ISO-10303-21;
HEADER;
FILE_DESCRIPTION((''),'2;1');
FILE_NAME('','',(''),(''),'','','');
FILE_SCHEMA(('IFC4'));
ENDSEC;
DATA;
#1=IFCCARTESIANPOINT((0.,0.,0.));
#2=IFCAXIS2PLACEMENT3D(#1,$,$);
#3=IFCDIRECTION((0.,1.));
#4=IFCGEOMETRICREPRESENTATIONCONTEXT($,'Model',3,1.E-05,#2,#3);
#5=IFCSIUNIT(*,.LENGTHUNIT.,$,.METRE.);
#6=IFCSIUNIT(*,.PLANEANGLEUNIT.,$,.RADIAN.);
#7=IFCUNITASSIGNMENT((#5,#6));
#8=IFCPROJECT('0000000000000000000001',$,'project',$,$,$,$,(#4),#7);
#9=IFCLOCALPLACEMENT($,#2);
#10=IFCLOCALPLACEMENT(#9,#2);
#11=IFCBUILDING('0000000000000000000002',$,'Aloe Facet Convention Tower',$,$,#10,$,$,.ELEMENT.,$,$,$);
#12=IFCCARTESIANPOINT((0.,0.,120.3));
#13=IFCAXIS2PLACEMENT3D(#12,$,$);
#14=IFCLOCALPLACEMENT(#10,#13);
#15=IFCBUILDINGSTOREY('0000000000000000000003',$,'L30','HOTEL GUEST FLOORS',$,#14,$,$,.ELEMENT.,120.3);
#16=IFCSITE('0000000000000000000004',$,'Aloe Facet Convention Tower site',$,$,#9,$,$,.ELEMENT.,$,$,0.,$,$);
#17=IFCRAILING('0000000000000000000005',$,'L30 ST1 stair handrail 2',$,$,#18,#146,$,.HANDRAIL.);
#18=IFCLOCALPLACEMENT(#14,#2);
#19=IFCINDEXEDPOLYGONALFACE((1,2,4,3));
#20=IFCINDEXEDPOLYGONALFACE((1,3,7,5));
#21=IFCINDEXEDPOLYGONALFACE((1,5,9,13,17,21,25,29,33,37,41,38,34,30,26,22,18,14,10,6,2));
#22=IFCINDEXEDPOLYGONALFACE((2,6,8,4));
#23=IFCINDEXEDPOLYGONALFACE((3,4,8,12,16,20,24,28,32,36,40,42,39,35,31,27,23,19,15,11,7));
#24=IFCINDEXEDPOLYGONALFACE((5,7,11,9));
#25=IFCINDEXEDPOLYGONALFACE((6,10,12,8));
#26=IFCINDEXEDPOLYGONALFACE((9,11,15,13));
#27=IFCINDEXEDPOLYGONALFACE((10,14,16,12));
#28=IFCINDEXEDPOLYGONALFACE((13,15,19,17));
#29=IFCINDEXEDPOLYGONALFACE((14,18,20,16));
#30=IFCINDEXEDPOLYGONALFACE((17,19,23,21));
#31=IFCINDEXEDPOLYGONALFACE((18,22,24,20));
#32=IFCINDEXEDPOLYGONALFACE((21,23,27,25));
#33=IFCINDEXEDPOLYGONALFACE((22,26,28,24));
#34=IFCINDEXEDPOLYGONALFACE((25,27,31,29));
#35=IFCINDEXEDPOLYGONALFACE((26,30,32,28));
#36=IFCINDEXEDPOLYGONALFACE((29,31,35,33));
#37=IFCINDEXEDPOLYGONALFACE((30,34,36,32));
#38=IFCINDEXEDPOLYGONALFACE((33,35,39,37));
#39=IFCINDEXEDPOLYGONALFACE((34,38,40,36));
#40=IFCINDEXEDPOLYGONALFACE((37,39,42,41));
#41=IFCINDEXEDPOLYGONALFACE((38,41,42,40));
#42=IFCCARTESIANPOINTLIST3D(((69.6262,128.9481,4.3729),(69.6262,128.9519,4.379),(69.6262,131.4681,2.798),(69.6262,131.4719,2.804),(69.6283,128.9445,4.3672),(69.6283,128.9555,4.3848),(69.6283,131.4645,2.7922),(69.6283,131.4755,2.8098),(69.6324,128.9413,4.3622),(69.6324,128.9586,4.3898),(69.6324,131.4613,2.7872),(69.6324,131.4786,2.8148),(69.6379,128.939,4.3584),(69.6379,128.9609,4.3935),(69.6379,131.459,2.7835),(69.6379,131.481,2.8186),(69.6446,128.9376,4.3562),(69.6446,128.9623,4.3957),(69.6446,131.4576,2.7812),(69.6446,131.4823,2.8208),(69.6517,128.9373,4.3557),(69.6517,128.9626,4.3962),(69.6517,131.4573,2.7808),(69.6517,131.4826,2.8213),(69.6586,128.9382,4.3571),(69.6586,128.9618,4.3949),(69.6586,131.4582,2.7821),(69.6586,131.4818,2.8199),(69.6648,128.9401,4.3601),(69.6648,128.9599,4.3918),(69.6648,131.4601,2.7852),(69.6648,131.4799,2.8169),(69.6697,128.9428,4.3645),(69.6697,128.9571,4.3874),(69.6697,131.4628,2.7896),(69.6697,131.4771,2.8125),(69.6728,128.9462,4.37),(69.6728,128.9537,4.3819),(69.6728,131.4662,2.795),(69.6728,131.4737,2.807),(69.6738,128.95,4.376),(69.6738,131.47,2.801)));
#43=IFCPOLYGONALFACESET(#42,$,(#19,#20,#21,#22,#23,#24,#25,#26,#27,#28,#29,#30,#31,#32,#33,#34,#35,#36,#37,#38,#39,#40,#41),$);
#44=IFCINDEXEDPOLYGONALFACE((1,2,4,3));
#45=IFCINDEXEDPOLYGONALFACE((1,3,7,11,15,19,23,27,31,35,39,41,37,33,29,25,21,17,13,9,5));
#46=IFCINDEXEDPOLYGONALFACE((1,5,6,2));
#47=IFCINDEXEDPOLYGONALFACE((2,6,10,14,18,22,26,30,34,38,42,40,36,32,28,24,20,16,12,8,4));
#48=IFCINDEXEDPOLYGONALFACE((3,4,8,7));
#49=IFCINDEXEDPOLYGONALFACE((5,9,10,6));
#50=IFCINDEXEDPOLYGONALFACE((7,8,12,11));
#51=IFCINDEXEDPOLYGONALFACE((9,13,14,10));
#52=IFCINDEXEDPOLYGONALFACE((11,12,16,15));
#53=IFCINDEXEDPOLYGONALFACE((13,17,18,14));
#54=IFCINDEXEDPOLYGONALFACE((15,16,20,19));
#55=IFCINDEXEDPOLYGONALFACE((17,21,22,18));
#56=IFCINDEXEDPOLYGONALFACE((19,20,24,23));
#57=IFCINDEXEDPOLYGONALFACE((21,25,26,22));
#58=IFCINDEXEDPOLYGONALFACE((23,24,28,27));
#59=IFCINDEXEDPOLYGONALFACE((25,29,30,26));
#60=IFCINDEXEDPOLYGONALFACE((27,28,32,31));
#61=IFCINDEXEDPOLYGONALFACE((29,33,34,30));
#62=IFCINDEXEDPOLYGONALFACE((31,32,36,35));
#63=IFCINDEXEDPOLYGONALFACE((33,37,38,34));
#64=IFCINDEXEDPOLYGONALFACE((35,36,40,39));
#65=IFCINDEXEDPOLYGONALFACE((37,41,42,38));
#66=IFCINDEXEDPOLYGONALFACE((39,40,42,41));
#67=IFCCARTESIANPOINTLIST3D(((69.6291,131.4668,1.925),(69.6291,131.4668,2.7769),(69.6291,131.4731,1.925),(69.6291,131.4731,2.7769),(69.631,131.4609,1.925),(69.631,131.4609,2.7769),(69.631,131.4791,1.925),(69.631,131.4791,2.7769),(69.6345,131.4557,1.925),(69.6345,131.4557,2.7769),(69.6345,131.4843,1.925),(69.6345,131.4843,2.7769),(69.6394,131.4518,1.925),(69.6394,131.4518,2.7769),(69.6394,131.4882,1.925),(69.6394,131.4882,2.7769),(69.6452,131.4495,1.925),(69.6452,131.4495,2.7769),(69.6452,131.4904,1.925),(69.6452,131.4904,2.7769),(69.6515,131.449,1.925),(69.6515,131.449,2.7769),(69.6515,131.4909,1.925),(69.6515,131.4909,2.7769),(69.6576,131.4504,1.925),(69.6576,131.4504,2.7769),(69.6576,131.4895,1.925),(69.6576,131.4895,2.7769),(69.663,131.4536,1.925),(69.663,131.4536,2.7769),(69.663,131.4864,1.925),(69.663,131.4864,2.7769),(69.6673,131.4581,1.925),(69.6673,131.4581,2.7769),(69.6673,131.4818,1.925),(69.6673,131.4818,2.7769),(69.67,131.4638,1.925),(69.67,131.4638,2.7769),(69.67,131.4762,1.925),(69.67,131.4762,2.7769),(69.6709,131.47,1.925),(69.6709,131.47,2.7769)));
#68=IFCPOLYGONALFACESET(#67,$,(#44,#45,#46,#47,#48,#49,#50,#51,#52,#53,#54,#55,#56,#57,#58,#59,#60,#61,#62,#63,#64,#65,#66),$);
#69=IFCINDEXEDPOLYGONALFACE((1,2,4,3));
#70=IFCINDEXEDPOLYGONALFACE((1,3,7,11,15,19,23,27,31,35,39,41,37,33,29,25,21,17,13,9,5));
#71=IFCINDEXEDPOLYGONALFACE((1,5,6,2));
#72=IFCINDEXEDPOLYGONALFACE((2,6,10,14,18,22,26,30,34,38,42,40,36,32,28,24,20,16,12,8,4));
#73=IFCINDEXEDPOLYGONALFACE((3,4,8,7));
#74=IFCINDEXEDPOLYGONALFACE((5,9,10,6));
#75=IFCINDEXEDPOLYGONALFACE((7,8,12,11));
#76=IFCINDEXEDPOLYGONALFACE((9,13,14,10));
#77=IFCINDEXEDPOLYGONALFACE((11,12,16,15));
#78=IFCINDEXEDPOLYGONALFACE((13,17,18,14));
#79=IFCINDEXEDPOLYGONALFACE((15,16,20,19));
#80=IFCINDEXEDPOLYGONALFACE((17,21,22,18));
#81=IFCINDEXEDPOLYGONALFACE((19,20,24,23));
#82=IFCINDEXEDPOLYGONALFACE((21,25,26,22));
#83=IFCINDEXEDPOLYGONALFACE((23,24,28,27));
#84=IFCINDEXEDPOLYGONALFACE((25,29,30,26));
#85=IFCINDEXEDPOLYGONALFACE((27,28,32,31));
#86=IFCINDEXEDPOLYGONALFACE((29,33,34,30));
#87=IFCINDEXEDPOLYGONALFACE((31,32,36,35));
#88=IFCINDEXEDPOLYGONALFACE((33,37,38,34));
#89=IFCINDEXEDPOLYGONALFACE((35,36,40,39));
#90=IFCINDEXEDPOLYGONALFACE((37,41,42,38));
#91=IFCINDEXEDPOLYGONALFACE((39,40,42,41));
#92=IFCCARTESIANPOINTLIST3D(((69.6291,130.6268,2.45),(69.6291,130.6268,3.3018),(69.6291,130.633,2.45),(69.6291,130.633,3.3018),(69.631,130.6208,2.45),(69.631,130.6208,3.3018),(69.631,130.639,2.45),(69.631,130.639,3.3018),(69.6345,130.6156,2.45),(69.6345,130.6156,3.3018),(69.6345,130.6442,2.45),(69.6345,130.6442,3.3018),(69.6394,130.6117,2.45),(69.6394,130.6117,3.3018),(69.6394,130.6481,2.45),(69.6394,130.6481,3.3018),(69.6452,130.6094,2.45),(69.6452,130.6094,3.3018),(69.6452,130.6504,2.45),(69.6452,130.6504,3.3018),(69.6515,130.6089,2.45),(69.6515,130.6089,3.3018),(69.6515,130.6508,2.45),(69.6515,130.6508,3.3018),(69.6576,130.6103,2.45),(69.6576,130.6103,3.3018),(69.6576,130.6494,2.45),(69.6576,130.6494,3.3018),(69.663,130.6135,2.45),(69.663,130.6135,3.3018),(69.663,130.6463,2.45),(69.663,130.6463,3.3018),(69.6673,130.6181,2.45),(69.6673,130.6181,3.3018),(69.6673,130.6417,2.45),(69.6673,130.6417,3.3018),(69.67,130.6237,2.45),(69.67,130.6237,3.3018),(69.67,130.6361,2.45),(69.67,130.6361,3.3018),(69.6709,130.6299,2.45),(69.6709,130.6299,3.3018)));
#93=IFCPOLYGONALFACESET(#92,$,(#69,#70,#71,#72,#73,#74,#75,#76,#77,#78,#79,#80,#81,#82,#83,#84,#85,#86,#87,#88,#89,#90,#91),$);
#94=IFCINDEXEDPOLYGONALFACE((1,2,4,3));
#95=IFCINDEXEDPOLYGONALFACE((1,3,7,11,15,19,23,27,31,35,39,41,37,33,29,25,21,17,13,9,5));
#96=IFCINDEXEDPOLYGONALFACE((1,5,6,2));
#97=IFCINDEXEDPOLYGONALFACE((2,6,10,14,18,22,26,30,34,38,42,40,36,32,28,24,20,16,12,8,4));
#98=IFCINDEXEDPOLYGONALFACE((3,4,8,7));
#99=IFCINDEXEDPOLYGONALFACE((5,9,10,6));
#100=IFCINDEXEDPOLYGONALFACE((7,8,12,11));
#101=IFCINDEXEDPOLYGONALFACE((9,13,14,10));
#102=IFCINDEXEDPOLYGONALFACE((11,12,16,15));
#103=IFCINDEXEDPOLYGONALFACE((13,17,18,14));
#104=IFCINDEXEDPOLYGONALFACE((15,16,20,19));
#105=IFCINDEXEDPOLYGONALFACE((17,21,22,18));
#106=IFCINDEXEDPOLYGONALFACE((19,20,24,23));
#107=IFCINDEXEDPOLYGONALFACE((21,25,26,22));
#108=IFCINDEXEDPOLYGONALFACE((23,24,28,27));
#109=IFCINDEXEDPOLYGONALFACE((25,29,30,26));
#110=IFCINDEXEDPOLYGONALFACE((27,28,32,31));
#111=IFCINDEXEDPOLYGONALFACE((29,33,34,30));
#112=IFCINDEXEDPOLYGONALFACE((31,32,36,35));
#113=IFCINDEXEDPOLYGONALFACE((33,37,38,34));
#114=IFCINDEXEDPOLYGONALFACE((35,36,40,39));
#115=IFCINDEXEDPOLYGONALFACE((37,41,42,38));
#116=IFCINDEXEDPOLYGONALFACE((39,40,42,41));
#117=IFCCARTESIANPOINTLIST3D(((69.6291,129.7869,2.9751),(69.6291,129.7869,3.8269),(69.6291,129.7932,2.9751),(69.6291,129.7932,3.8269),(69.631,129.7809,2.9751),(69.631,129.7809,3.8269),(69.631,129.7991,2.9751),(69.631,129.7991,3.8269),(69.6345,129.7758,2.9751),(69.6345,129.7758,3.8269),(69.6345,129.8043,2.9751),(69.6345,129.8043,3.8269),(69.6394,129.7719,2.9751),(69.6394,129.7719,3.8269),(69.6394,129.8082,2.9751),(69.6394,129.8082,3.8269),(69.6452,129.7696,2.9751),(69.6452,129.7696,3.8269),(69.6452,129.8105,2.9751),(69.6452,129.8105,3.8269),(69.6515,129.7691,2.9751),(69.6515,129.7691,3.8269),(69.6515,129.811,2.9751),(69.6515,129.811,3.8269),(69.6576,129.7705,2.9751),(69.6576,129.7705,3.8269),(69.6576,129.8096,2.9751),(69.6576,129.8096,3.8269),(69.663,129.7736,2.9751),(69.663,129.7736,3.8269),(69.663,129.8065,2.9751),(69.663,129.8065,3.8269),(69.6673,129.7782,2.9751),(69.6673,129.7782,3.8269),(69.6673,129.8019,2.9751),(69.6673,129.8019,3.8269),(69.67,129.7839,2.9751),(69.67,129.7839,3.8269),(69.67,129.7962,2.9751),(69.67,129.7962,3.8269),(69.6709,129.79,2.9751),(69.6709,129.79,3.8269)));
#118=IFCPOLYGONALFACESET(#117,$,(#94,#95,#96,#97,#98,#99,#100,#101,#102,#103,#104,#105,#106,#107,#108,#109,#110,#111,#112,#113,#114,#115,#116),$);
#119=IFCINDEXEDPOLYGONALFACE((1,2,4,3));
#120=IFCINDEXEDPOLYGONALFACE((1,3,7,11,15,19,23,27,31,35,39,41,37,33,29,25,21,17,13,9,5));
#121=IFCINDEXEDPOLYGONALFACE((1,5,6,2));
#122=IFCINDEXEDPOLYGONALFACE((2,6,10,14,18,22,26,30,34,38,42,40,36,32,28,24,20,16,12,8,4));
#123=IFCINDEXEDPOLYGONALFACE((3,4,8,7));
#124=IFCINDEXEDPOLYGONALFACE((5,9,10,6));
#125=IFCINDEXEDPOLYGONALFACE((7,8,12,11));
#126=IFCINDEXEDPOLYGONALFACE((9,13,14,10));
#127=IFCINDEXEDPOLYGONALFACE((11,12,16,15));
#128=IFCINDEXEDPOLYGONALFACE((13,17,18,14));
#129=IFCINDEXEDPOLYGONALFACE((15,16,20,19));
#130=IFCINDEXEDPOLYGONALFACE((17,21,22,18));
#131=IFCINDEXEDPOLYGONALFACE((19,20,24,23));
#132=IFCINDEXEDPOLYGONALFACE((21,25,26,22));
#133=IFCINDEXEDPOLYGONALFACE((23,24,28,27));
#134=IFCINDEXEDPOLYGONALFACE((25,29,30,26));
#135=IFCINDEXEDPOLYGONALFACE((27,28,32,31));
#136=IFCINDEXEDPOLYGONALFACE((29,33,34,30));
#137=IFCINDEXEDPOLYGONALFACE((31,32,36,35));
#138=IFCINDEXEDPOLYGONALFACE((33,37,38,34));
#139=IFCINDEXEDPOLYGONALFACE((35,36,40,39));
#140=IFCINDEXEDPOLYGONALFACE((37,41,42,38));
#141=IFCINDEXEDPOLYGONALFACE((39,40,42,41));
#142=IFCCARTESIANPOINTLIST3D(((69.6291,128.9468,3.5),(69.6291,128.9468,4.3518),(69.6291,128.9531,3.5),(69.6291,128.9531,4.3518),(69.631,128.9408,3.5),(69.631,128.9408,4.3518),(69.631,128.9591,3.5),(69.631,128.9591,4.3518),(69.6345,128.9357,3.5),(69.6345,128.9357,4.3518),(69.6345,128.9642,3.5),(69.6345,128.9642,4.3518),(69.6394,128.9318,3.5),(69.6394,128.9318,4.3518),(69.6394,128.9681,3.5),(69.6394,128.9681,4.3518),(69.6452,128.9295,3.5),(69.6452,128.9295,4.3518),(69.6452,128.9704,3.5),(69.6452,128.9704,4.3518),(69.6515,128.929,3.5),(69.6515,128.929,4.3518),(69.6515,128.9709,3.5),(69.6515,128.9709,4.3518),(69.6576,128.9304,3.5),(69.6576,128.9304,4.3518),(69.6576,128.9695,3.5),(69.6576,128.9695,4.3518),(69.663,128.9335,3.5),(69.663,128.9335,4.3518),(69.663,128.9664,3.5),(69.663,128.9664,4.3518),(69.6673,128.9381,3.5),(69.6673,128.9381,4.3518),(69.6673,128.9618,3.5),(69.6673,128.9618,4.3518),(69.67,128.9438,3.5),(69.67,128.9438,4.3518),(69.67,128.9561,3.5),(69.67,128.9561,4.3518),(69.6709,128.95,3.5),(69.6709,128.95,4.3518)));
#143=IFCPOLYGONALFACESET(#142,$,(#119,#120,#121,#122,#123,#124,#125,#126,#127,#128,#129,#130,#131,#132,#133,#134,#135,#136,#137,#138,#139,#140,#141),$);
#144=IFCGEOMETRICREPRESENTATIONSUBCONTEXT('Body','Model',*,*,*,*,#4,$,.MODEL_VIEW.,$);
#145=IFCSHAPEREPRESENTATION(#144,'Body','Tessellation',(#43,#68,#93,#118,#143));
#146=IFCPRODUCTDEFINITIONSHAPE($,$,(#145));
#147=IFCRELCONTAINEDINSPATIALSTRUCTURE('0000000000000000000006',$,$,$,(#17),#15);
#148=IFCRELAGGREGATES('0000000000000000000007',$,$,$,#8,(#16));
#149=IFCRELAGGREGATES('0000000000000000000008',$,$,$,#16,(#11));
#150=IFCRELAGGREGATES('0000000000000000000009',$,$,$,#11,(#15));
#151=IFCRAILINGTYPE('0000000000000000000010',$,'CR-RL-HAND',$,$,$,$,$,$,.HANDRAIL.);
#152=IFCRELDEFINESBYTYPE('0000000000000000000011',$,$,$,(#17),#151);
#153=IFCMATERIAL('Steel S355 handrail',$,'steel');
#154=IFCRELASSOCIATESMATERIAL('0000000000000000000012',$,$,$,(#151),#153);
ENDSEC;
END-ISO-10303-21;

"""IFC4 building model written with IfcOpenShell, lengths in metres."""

from ifc_helpers import new_model, si_unit, direction, frame, origin, origin_2d, place, context, subcontext, project, spatial, circle, extrude, material, type_object, element, save


model = new_model("IFC4")

# Units and contexts
model_context = context("Model", 3, precision=1e-05, world=origin(), true_north=direction((0.0, 1.0)))
body_context = subcontext(model_context, "Body", "Model", "MODEL_VIEW")
ifc_project = project(units=[si_unit("LENGTHUNIT", "METRE"), si_unit("PLANEANGLEUNIT", "RADIAN")], contexts=[model_context])

# Site, building, storey
site_placement = place(None, origin())
site = spatial("IfcSite", under=ifc_project, at=site_placement, Name="Aloe Facet Convention Tower site", CompositionType="ELEMENT", RefElevation=0.0)
building_placement = place(site_placement, origin())
building = spatial("IfcBuilding", under=site, at=building_placement, Name="Aloe Facet Convention Tower", CompositionType="ELEMENT")
storey_placement = place(building_placement, frame((0.0, 0.0, 120.3)))
storey = spatial("IfcBuildingStorey", under=building, at=storey_placement, Name="L30", Description="HOTEL GUEST FLOORS", CompositionType="ELEMENT", Elevation=120.3)

# Railing
ifc_material_1 = material(Name="Steel S355 handrail", Category="steel")
railing_type_1 = type_object("IfcRailingType", Name="CR-RL-HAND", PredefinedType="HANDRAIL", material=ifc_material_1)
railing_1_placement = place(storey_placement, frame((69.6499, 131.47, 1.925)))
element("IfcRailing", 1, at=railing_1_placement, inside=storey, type_object=railing_type_1, Name="L30 ST1 stair handrail 2", PredefinedType="HANDRAIL", context=body_context, shape_type="SweptSolid", body=[
    extrude(circle(Radius=0.0239, at=origin_2d()), frame((0.0, 0.0, 0.876), z_axis=(0.0, -0.848008, 0.529984), x_axis=(1.0, 0.0, 0.0)), (0.0, 0.0, 1.0), 2.9717),
    extrude(circle(Radius=0.021, at=origin_2d()), origin(), (0.0, 0.0, 1.0), 0.8518),
    extrude(circle(Radius=0.021, at=origin_2d()), frame((0.0, -0.8401, 0.5249)), (0.0, 0.0, 1.0), 0.8518),
    extrude(circle(Radius=0.021, at=origin_2d()), frame((0.0, -1.6799, 1.05)), (0.0, 0.0, 1.0), 0.8518),
    extrude(circle(Radius=0.021, at=origin_2d()), frame((0.0, -2.52, 1.575)), (0.0, 0.0, 1.0), 0.8518),
])

save(model, "model.ifc")
